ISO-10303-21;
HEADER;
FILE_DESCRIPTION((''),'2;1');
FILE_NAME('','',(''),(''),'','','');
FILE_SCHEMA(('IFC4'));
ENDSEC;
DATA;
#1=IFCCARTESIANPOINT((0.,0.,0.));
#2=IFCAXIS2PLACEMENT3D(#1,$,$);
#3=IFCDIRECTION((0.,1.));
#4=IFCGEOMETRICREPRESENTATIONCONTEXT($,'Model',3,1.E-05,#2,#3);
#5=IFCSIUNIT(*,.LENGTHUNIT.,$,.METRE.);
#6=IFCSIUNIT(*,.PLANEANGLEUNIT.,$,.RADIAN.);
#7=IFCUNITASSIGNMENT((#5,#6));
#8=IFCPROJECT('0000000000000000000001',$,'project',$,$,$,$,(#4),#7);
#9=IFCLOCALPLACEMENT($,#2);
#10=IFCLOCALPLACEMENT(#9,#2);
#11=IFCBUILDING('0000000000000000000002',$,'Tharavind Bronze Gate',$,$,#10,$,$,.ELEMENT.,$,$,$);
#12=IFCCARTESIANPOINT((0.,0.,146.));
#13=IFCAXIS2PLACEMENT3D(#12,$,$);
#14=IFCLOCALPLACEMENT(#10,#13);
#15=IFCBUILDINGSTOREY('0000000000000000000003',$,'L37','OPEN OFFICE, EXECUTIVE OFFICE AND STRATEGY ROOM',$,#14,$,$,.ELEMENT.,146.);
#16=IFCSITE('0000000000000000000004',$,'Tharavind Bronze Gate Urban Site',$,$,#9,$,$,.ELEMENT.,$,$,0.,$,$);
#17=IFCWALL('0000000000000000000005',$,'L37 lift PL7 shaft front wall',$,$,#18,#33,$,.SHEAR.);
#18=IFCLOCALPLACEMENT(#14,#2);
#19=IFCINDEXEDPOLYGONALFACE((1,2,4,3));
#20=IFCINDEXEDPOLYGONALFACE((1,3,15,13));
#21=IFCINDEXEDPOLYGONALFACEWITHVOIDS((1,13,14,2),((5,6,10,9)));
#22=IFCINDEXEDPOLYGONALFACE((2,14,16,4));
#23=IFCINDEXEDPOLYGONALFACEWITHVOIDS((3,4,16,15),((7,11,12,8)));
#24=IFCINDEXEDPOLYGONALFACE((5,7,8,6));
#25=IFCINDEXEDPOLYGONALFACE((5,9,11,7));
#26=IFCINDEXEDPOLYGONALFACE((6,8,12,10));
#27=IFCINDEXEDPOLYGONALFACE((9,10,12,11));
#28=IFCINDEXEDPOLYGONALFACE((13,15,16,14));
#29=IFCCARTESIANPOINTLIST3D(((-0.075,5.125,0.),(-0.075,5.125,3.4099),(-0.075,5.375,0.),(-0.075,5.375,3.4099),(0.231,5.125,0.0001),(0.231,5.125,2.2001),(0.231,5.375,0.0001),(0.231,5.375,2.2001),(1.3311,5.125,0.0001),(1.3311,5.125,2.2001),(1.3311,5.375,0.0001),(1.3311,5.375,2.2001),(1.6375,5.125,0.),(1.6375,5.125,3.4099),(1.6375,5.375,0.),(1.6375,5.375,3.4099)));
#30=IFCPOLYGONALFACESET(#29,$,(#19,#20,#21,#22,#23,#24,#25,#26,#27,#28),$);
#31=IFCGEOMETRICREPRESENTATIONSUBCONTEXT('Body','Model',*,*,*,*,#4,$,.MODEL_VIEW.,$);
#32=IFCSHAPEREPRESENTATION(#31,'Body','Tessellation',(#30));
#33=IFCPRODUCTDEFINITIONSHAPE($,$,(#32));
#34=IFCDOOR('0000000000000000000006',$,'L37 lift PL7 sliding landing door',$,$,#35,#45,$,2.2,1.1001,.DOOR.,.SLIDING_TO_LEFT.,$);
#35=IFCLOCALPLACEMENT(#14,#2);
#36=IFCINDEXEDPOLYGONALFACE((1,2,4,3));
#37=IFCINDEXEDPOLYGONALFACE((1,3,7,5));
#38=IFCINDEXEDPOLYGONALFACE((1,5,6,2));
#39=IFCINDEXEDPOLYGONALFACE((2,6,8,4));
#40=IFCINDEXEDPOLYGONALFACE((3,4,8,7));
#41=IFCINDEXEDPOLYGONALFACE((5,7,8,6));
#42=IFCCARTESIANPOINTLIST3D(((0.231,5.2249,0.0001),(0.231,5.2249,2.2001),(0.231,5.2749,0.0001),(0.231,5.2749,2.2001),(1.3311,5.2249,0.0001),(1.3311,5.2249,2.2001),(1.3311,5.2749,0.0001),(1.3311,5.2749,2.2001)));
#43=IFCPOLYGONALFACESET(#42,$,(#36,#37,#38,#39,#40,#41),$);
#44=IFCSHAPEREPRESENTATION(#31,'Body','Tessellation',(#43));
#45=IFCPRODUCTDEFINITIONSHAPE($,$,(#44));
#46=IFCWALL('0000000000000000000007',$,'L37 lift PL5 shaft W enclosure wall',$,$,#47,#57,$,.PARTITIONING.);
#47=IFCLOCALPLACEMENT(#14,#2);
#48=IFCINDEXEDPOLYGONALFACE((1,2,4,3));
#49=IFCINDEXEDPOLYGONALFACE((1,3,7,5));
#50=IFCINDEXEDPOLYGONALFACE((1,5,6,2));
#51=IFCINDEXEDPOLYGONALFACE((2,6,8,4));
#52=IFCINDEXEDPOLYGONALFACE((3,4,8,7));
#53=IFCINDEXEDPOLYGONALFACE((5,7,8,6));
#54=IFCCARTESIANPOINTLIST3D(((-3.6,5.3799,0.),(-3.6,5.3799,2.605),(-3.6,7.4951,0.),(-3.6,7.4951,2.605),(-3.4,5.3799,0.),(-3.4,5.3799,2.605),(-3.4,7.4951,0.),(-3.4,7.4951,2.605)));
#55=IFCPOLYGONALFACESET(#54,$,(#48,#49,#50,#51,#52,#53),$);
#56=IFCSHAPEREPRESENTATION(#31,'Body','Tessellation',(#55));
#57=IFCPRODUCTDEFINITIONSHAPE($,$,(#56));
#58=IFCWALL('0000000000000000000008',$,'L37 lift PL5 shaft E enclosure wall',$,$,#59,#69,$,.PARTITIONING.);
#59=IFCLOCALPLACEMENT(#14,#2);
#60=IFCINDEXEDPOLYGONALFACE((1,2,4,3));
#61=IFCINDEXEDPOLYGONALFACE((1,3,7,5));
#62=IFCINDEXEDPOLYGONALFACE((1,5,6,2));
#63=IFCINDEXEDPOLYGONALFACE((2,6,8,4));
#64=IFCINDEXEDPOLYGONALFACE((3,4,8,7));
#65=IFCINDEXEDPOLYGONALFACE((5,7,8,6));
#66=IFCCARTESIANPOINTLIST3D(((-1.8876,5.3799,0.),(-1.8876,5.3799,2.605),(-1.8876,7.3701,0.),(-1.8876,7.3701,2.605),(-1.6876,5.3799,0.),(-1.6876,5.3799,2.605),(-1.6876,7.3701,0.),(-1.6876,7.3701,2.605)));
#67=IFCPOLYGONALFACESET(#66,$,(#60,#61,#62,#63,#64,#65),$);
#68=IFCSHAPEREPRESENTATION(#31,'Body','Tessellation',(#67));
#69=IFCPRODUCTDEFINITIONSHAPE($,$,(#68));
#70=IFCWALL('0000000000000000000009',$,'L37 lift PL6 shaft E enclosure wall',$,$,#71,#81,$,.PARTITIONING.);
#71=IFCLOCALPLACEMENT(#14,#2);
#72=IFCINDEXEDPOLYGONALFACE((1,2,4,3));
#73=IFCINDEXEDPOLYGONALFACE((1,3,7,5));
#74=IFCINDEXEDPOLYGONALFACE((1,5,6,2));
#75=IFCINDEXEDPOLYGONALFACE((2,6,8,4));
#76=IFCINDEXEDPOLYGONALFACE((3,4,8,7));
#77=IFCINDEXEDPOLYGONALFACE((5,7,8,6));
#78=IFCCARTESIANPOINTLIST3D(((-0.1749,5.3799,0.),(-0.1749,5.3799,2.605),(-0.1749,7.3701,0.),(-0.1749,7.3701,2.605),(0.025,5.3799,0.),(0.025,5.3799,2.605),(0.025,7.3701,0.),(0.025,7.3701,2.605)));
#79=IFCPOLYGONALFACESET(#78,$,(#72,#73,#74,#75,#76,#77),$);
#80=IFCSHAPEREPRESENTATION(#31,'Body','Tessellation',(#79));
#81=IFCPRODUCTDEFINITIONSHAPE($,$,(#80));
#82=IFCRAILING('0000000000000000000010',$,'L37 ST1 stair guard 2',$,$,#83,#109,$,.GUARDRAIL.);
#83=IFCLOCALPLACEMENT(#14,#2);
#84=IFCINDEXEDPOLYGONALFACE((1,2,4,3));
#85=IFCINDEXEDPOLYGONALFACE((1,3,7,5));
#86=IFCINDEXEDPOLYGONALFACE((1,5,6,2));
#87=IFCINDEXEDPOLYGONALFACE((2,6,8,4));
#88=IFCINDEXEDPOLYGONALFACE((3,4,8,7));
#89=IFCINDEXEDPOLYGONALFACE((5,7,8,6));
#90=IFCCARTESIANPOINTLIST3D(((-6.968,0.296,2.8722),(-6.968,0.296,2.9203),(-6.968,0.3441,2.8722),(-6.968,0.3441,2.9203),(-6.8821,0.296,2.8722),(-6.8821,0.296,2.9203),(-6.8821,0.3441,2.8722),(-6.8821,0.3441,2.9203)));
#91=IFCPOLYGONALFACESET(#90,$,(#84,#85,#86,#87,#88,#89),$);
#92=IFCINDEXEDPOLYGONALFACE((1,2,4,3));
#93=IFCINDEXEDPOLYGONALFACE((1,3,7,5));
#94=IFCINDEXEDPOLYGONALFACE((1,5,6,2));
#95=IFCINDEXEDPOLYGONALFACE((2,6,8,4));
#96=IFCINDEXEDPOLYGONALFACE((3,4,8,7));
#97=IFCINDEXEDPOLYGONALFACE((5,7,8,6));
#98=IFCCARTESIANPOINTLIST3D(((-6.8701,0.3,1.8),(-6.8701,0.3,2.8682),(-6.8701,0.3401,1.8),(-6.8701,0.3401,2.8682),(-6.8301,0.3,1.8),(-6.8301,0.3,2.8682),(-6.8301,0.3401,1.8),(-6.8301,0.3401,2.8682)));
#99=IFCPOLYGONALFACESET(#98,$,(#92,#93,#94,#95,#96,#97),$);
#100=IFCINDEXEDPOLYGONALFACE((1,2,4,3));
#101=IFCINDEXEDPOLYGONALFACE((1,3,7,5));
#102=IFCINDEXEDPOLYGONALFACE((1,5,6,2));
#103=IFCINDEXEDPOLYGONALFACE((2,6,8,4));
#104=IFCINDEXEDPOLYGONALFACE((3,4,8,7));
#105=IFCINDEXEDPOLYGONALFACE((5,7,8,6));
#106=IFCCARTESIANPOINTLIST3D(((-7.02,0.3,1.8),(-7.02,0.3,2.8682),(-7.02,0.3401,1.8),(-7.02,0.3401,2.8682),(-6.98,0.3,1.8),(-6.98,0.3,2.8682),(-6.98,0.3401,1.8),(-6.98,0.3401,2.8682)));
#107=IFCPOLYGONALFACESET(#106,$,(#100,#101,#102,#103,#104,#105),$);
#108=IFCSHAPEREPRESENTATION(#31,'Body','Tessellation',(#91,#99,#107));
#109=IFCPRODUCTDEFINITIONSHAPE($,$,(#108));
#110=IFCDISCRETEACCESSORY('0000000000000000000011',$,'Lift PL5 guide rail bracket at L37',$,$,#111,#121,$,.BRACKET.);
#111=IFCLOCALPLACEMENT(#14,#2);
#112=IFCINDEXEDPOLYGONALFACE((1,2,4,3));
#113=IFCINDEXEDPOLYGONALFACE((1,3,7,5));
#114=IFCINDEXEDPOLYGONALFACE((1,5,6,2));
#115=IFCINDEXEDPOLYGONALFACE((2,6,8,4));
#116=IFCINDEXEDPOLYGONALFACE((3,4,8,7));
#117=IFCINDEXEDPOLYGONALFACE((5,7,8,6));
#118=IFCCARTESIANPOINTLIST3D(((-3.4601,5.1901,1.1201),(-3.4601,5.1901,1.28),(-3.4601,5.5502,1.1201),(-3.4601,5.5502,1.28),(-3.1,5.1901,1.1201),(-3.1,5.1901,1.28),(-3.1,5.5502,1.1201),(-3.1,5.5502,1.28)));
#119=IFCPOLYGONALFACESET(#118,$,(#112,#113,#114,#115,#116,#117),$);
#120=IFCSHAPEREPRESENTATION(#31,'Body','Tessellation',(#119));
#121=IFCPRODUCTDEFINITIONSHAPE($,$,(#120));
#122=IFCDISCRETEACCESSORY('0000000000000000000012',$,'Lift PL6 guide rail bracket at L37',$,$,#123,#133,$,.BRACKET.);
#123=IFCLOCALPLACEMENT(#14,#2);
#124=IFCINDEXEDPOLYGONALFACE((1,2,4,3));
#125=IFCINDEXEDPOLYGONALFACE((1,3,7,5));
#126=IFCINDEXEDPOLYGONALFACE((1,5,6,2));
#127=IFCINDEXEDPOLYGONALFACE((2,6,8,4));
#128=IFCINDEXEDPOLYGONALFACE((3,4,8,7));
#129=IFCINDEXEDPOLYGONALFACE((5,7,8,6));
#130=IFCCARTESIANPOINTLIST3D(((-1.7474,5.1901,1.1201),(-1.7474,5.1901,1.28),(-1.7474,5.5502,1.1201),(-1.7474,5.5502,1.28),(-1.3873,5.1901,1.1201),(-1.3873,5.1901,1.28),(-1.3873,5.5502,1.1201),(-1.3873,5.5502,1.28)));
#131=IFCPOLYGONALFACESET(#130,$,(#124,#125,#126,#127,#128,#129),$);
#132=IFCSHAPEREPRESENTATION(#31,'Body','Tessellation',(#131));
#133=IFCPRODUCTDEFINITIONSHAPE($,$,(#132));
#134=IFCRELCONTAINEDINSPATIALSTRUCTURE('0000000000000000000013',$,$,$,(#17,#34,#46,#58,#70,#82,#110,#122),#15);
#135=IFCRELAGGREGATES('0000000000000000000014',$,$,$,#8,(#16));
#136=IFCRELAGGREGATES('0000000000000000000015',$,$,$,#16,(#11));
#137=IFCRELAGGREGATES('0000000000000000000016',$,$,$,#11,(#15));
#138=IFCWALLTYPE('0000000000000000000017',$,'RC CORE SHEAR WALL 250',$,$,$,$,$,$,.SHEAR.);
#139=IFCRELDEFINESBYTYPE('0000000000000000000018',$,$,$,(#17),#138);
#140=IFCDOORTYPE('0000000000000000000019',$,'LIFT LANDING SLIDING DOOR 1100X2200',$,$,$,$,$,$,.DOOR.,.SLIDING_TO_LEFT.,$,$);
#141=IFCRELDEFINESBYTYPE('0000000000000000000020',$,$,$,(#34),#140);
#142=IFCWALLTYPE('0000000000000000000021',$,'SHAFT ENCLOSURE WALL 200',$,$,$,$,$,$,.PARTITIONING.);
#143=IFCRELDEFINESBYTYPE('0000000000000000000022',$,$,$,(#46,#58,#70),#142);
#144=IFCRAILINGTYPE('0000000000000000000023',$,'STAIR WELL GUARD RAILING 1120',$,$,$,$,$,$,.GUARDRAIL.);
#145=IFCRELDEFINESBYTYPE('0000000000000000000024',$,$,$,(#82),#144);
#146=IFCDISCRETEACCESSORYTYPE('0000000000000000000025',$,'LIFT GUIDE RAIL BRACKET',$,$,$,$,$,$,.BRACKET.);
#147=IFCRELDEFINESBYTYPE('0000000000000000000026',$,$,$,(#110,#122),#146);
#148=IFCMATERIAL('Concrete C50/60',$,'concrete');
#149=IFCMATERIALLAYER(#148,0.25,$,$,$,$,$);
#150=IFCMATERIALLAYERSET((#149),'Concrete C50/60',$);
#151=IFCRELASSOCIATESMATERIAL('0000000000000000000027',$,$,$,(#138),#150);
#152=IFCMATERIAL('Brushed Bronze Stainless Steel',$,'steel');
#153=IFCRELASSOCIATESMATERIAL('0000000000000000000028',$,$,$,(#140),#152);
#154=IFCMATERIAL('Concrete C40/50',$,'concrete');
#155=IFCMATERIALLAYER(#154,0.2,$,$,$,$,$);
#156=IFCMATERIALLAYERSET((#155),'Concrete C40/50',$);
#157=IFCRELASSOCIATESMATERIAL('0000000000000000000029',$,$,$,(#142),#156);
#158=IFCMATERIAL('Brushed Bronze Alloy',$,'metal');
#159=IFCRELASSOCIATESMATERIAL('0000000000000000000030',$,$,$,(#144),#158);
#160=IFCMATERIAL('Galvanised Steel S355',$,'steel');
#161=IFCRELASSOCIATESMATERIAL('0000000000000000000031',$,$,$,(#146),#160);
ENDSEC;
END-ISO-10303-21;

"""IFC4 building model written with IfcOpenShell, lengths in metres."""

from ifc_helpers import new_model, si_unit, direction, frame, frame_2d, origin, origin_2d, place, context, subcontext, project, spatial, rectangle, extrude, material, layer, layer_set, type_object, element, fill, save


model = new_model("IFC4")

# Units and contexts
model_context = context("Model", 3, precision=1e-05, world=origin(), true_north=direction((0.0, 1.0)))
body_context = subcontext(model_context, "Body", "Model", "MODEL_VIEW")
ifc_project = project(units=[si_unit("LENGTHUNIT", "METRE"), si_unit("PLANEANGLEUNIT", "RADIAN")], contexts=[model_context])

# Site, building, storey
site_placement = place(None, origin())
site = spatial("IfcSite", under=ifc_project, at=site_placement, Name="Tharavind Bronze Gate Urban Site", CompositionType="ELEMENT", RefElevation=0.0)
building_placement = place(site_placement, origin())
building = spatial("IfcBuilding", under=site, at=building_placement, Name="Tharavind Bronze Gate", CompositionType="ELEMENT")
storey_placement = place(building_placement, frame((0.0, 0.0, 146.0)))
storey = spatial("IfcBuildingStorey", under=building, at=storey_placement, Name="L37", Description="OPEN OFFICE, EXECUTIVE OFFICE AND STRATEGY ROOM", CompositionType="ELEMENT", Elevation=146.0)

# Shared definitions
ifc_material_1 = material(Name="Concrete C40/50", Category="concrete")

# Wall, opening, door
ifc_material_2 = material(Name="Concrete C50/60", Category="concrete")
ifc_layer_1 = layer(ifc_material_2, 0.25)
ifc_layer_set_1 = layer_set([ifc_layer_1], Name="Concrete C50/60")
wall_type_1 = type_object("IfcWallType", Name="RC CORE SHEAR WALL 250", PredefinedType="SHEAR", material=ifc_layer_set_1)
ifc_material_3 = material(Name="Brushed Bronze Stainless Steel", Category="steel")
door_type_1 = type_object("IfcDoorType", Name="LIFT LANDING SLIDING DOOR 1100X2200", OperationType="SLIDING_TO_LEFT", PredefinedType="DOOR", material=ifc_material_3)
wall_1_placement = place(storey_placement, frame((-0.075, 5.25, 0.0), z_axis=(0.0, 0.0, 1.0), x_axis=(1.0, 0.0, 0.0)))
wall_1 = element("IfcWall", 1, at=wall_1_placement, inside=storey, type_object=wall_type_1, Name="L37 lift PL7 shaft front wall", PredefinedType="SHEAR", context=body_context, shape_type="SweptSolid", body=[
    extrude(rectangle(XDim=1.7124, YDim=0.25, at=frame_2d((0.8562, 0.0))), origin(), (0.0, 0.0, 1.0), 3.4099),
])
opening_1_placement = place(wall_1_placement, frame((0.3059, 0.0, 0.0)))
opening_1 = element("IfcOpeningElement", 2, at=opening_1_placement, cuts=wall_1, PredefinedType="OPENING", context=body_context, shape_type="SweptSolid", body=[
    extrude(rectangle(XDim=1.1001, YDim=2.2, at=frame_2d((0.55, 1.1001))), frame((0.0, 0.135, 0.0), z_axis=(0.0, -1.0, 0.0), x_axis=(1.0, 0.0, 0.0)), (0.0, 0.0, 1.0), 0.27),
])
door_1_placement = place(opening_1_placement, origin())
door_1 = element("IfcDoor", 3, at=door_1_placement, inside=storey, type_object=door_type_1, Name="L37 lift PL7 sliding landing door", OperationType="SLIDING_TO_LEFT", OverallHeight=2.2, OverallWidth=1.1001, PredefinedType="DOOR", context=body_context, shape_type="SweptSolid", body=[
    extrude(rectangle(XDim=1.1001, YDim=2.2, at=frame_2d((0.55, 1.1001))), frame((0.0, 0.0249, 0.0), z_axis=(0.0, -1.0, 0.0), x_axis=(1.0, 0.0, 0.0)), (0.0, 0.0, 1.0), 0.05),
])
fill(opening_1, door_1)

# Walls
ifc_layer_2 = layer(ifc_material_1, 0.2)
ifc_layer_set_2 = layer_set([ifc_layer_2], Name="Concrete C40/50")
wall_type_2 = type_object("IfcWallType", Name="SHAFT ENCLOSURE WALL 200", PredefinedType="PARTITIONING", material=ifc_layer_set_2)
wall_2_placement = place(storey_placement, frame((-3.5, 5.3799, 0.0), z_axis=(0.0, 0.0, 1.0), x_axis=(0.0, 1.0, 0.0)))
element("IfcWall", 4, at=wall_2_placement, inside=storey, type_object=wall_type_2, Name="L37 lift PL5 shaft W enclosure wall", PredefinedType="PARTITIONING", context=body_context, shape_type="SweptSolid", body=[
    extrude(rectangle(XDim=2.1152, YDim=0.2, at=frame_2d((1.0576, 0.0))), origin(), (0.0, 0.0, 1.0), 2.605),
])
for number, where, z_axis, x_axis, name in (
    (5, (-1.7876, 5.3799, 0.0), (0.0, 0.0, 1.0), (0.0, 1.0, 0.0), "L37 lift PL5 shaft E enclosure wall"),
    (6, (-0.075, 5.3799, 0.0), (0.0, 0.0, 1.0), (0.0, 1.0, 0.0), "L37 lift PL6 shaft E enclosure wall"),
):
    element("IfcWall", number, at=place(storey_placement, frame(where, z_axis=z_axis, x_axis=x_axis)), inside=storey, type_object=wall_type_2, Name=name, PredefinedType="PARTITIONING", context=body_context, shape_type="SweptSolid", body=[
        extrude(rectangle(XDim=1.9902, YDim=0.2, at=frame_2d((0.9951, 0.0))), origin(), (0.0, 0.0, 1.0), 2.605),
    ])

# Railing
ifc_material_4 = material(Name="Brushed Bronze Alloy", Category="metal")
railing_type = type_object("IfcRailingType", Name="STAIR WELL GUARD RAILING 1120", PredefinedType="GUARDRAIL", material=ifc_material_4)
railing_placement = place(storey_placement, frame((-6.8501, 0.3201, 1.8)))
element("IfcRailing", 7, at=railing_placement, inside=storey, type_object=railing_type, Name="L37 ST1 stair guard 2", PredefinedType="GUARDRAIL", context=body_context, shape_type="SweptSolid", body=[
    extrude(rectangle(XDim=0.0481, YDim=0.0481, at=origin_2d()), frame((-0.032, 0.0, 1.0962), z_axis=(-1.0, 0.0, 0.0), x_axis=(0.0, -1.0, 0.0)), (0.0, 0.0, 1.0), 0.0859),
    extrude(rectangle(XDim=0.04, YDim=0.04, at=origin_2d()), origin(), (0.0, 0.0, 1.0), 1.0681),
    extrude(rectangle(XDim=0.04, YDim=0.04, at=origin_2d()), frame((-0.1499, 0.0, 0.0)), (0.0, 0.0, 1.0), 1.0681),
])

# Discrete accessories
ifc_material_5 = material(Name="Galvanised Steel S355", Category="steel")
discrete_accessory_type = type_object("IfcDiscreteAccessoryType", Name="LIFT GUIDE RAIL BRACKET", PredefinedType="BRACKET", material=ifc_material_5)
for number, where, z_axis, x_axis, name in (
    (8, (-3.28, 5.3701, 1.1201), (0.0, 0.0, 1.0), (1.0, 0.0, 0.0), "Lift PL5 guide rail bracket at L37"),
    (9, (-1.5674, 5.3701, 1.1201), (0.0, 0.0, 1.0), (1.0, 0.0, 0.0), "Lift PL6 guide rail bracket at L37"),
):
    element("IfcDiscreteAccessory", number, at=place(storey_placement, frame(where, z_axis=z_axis, x_axis=x_axis)), inside=storey, type_object=discrete_accessory_type, Name=name, PredefinedType="BRACKET", context=body_context, shape_type="SweptSolid", body=[
        extrude(rectangle(XDim=0.3601, YDim=0.3601, at=origin_2d()), origin(), (0.0, 0.0, 1.0), 0.1599),
    ])

save(model, "model.ifc")
